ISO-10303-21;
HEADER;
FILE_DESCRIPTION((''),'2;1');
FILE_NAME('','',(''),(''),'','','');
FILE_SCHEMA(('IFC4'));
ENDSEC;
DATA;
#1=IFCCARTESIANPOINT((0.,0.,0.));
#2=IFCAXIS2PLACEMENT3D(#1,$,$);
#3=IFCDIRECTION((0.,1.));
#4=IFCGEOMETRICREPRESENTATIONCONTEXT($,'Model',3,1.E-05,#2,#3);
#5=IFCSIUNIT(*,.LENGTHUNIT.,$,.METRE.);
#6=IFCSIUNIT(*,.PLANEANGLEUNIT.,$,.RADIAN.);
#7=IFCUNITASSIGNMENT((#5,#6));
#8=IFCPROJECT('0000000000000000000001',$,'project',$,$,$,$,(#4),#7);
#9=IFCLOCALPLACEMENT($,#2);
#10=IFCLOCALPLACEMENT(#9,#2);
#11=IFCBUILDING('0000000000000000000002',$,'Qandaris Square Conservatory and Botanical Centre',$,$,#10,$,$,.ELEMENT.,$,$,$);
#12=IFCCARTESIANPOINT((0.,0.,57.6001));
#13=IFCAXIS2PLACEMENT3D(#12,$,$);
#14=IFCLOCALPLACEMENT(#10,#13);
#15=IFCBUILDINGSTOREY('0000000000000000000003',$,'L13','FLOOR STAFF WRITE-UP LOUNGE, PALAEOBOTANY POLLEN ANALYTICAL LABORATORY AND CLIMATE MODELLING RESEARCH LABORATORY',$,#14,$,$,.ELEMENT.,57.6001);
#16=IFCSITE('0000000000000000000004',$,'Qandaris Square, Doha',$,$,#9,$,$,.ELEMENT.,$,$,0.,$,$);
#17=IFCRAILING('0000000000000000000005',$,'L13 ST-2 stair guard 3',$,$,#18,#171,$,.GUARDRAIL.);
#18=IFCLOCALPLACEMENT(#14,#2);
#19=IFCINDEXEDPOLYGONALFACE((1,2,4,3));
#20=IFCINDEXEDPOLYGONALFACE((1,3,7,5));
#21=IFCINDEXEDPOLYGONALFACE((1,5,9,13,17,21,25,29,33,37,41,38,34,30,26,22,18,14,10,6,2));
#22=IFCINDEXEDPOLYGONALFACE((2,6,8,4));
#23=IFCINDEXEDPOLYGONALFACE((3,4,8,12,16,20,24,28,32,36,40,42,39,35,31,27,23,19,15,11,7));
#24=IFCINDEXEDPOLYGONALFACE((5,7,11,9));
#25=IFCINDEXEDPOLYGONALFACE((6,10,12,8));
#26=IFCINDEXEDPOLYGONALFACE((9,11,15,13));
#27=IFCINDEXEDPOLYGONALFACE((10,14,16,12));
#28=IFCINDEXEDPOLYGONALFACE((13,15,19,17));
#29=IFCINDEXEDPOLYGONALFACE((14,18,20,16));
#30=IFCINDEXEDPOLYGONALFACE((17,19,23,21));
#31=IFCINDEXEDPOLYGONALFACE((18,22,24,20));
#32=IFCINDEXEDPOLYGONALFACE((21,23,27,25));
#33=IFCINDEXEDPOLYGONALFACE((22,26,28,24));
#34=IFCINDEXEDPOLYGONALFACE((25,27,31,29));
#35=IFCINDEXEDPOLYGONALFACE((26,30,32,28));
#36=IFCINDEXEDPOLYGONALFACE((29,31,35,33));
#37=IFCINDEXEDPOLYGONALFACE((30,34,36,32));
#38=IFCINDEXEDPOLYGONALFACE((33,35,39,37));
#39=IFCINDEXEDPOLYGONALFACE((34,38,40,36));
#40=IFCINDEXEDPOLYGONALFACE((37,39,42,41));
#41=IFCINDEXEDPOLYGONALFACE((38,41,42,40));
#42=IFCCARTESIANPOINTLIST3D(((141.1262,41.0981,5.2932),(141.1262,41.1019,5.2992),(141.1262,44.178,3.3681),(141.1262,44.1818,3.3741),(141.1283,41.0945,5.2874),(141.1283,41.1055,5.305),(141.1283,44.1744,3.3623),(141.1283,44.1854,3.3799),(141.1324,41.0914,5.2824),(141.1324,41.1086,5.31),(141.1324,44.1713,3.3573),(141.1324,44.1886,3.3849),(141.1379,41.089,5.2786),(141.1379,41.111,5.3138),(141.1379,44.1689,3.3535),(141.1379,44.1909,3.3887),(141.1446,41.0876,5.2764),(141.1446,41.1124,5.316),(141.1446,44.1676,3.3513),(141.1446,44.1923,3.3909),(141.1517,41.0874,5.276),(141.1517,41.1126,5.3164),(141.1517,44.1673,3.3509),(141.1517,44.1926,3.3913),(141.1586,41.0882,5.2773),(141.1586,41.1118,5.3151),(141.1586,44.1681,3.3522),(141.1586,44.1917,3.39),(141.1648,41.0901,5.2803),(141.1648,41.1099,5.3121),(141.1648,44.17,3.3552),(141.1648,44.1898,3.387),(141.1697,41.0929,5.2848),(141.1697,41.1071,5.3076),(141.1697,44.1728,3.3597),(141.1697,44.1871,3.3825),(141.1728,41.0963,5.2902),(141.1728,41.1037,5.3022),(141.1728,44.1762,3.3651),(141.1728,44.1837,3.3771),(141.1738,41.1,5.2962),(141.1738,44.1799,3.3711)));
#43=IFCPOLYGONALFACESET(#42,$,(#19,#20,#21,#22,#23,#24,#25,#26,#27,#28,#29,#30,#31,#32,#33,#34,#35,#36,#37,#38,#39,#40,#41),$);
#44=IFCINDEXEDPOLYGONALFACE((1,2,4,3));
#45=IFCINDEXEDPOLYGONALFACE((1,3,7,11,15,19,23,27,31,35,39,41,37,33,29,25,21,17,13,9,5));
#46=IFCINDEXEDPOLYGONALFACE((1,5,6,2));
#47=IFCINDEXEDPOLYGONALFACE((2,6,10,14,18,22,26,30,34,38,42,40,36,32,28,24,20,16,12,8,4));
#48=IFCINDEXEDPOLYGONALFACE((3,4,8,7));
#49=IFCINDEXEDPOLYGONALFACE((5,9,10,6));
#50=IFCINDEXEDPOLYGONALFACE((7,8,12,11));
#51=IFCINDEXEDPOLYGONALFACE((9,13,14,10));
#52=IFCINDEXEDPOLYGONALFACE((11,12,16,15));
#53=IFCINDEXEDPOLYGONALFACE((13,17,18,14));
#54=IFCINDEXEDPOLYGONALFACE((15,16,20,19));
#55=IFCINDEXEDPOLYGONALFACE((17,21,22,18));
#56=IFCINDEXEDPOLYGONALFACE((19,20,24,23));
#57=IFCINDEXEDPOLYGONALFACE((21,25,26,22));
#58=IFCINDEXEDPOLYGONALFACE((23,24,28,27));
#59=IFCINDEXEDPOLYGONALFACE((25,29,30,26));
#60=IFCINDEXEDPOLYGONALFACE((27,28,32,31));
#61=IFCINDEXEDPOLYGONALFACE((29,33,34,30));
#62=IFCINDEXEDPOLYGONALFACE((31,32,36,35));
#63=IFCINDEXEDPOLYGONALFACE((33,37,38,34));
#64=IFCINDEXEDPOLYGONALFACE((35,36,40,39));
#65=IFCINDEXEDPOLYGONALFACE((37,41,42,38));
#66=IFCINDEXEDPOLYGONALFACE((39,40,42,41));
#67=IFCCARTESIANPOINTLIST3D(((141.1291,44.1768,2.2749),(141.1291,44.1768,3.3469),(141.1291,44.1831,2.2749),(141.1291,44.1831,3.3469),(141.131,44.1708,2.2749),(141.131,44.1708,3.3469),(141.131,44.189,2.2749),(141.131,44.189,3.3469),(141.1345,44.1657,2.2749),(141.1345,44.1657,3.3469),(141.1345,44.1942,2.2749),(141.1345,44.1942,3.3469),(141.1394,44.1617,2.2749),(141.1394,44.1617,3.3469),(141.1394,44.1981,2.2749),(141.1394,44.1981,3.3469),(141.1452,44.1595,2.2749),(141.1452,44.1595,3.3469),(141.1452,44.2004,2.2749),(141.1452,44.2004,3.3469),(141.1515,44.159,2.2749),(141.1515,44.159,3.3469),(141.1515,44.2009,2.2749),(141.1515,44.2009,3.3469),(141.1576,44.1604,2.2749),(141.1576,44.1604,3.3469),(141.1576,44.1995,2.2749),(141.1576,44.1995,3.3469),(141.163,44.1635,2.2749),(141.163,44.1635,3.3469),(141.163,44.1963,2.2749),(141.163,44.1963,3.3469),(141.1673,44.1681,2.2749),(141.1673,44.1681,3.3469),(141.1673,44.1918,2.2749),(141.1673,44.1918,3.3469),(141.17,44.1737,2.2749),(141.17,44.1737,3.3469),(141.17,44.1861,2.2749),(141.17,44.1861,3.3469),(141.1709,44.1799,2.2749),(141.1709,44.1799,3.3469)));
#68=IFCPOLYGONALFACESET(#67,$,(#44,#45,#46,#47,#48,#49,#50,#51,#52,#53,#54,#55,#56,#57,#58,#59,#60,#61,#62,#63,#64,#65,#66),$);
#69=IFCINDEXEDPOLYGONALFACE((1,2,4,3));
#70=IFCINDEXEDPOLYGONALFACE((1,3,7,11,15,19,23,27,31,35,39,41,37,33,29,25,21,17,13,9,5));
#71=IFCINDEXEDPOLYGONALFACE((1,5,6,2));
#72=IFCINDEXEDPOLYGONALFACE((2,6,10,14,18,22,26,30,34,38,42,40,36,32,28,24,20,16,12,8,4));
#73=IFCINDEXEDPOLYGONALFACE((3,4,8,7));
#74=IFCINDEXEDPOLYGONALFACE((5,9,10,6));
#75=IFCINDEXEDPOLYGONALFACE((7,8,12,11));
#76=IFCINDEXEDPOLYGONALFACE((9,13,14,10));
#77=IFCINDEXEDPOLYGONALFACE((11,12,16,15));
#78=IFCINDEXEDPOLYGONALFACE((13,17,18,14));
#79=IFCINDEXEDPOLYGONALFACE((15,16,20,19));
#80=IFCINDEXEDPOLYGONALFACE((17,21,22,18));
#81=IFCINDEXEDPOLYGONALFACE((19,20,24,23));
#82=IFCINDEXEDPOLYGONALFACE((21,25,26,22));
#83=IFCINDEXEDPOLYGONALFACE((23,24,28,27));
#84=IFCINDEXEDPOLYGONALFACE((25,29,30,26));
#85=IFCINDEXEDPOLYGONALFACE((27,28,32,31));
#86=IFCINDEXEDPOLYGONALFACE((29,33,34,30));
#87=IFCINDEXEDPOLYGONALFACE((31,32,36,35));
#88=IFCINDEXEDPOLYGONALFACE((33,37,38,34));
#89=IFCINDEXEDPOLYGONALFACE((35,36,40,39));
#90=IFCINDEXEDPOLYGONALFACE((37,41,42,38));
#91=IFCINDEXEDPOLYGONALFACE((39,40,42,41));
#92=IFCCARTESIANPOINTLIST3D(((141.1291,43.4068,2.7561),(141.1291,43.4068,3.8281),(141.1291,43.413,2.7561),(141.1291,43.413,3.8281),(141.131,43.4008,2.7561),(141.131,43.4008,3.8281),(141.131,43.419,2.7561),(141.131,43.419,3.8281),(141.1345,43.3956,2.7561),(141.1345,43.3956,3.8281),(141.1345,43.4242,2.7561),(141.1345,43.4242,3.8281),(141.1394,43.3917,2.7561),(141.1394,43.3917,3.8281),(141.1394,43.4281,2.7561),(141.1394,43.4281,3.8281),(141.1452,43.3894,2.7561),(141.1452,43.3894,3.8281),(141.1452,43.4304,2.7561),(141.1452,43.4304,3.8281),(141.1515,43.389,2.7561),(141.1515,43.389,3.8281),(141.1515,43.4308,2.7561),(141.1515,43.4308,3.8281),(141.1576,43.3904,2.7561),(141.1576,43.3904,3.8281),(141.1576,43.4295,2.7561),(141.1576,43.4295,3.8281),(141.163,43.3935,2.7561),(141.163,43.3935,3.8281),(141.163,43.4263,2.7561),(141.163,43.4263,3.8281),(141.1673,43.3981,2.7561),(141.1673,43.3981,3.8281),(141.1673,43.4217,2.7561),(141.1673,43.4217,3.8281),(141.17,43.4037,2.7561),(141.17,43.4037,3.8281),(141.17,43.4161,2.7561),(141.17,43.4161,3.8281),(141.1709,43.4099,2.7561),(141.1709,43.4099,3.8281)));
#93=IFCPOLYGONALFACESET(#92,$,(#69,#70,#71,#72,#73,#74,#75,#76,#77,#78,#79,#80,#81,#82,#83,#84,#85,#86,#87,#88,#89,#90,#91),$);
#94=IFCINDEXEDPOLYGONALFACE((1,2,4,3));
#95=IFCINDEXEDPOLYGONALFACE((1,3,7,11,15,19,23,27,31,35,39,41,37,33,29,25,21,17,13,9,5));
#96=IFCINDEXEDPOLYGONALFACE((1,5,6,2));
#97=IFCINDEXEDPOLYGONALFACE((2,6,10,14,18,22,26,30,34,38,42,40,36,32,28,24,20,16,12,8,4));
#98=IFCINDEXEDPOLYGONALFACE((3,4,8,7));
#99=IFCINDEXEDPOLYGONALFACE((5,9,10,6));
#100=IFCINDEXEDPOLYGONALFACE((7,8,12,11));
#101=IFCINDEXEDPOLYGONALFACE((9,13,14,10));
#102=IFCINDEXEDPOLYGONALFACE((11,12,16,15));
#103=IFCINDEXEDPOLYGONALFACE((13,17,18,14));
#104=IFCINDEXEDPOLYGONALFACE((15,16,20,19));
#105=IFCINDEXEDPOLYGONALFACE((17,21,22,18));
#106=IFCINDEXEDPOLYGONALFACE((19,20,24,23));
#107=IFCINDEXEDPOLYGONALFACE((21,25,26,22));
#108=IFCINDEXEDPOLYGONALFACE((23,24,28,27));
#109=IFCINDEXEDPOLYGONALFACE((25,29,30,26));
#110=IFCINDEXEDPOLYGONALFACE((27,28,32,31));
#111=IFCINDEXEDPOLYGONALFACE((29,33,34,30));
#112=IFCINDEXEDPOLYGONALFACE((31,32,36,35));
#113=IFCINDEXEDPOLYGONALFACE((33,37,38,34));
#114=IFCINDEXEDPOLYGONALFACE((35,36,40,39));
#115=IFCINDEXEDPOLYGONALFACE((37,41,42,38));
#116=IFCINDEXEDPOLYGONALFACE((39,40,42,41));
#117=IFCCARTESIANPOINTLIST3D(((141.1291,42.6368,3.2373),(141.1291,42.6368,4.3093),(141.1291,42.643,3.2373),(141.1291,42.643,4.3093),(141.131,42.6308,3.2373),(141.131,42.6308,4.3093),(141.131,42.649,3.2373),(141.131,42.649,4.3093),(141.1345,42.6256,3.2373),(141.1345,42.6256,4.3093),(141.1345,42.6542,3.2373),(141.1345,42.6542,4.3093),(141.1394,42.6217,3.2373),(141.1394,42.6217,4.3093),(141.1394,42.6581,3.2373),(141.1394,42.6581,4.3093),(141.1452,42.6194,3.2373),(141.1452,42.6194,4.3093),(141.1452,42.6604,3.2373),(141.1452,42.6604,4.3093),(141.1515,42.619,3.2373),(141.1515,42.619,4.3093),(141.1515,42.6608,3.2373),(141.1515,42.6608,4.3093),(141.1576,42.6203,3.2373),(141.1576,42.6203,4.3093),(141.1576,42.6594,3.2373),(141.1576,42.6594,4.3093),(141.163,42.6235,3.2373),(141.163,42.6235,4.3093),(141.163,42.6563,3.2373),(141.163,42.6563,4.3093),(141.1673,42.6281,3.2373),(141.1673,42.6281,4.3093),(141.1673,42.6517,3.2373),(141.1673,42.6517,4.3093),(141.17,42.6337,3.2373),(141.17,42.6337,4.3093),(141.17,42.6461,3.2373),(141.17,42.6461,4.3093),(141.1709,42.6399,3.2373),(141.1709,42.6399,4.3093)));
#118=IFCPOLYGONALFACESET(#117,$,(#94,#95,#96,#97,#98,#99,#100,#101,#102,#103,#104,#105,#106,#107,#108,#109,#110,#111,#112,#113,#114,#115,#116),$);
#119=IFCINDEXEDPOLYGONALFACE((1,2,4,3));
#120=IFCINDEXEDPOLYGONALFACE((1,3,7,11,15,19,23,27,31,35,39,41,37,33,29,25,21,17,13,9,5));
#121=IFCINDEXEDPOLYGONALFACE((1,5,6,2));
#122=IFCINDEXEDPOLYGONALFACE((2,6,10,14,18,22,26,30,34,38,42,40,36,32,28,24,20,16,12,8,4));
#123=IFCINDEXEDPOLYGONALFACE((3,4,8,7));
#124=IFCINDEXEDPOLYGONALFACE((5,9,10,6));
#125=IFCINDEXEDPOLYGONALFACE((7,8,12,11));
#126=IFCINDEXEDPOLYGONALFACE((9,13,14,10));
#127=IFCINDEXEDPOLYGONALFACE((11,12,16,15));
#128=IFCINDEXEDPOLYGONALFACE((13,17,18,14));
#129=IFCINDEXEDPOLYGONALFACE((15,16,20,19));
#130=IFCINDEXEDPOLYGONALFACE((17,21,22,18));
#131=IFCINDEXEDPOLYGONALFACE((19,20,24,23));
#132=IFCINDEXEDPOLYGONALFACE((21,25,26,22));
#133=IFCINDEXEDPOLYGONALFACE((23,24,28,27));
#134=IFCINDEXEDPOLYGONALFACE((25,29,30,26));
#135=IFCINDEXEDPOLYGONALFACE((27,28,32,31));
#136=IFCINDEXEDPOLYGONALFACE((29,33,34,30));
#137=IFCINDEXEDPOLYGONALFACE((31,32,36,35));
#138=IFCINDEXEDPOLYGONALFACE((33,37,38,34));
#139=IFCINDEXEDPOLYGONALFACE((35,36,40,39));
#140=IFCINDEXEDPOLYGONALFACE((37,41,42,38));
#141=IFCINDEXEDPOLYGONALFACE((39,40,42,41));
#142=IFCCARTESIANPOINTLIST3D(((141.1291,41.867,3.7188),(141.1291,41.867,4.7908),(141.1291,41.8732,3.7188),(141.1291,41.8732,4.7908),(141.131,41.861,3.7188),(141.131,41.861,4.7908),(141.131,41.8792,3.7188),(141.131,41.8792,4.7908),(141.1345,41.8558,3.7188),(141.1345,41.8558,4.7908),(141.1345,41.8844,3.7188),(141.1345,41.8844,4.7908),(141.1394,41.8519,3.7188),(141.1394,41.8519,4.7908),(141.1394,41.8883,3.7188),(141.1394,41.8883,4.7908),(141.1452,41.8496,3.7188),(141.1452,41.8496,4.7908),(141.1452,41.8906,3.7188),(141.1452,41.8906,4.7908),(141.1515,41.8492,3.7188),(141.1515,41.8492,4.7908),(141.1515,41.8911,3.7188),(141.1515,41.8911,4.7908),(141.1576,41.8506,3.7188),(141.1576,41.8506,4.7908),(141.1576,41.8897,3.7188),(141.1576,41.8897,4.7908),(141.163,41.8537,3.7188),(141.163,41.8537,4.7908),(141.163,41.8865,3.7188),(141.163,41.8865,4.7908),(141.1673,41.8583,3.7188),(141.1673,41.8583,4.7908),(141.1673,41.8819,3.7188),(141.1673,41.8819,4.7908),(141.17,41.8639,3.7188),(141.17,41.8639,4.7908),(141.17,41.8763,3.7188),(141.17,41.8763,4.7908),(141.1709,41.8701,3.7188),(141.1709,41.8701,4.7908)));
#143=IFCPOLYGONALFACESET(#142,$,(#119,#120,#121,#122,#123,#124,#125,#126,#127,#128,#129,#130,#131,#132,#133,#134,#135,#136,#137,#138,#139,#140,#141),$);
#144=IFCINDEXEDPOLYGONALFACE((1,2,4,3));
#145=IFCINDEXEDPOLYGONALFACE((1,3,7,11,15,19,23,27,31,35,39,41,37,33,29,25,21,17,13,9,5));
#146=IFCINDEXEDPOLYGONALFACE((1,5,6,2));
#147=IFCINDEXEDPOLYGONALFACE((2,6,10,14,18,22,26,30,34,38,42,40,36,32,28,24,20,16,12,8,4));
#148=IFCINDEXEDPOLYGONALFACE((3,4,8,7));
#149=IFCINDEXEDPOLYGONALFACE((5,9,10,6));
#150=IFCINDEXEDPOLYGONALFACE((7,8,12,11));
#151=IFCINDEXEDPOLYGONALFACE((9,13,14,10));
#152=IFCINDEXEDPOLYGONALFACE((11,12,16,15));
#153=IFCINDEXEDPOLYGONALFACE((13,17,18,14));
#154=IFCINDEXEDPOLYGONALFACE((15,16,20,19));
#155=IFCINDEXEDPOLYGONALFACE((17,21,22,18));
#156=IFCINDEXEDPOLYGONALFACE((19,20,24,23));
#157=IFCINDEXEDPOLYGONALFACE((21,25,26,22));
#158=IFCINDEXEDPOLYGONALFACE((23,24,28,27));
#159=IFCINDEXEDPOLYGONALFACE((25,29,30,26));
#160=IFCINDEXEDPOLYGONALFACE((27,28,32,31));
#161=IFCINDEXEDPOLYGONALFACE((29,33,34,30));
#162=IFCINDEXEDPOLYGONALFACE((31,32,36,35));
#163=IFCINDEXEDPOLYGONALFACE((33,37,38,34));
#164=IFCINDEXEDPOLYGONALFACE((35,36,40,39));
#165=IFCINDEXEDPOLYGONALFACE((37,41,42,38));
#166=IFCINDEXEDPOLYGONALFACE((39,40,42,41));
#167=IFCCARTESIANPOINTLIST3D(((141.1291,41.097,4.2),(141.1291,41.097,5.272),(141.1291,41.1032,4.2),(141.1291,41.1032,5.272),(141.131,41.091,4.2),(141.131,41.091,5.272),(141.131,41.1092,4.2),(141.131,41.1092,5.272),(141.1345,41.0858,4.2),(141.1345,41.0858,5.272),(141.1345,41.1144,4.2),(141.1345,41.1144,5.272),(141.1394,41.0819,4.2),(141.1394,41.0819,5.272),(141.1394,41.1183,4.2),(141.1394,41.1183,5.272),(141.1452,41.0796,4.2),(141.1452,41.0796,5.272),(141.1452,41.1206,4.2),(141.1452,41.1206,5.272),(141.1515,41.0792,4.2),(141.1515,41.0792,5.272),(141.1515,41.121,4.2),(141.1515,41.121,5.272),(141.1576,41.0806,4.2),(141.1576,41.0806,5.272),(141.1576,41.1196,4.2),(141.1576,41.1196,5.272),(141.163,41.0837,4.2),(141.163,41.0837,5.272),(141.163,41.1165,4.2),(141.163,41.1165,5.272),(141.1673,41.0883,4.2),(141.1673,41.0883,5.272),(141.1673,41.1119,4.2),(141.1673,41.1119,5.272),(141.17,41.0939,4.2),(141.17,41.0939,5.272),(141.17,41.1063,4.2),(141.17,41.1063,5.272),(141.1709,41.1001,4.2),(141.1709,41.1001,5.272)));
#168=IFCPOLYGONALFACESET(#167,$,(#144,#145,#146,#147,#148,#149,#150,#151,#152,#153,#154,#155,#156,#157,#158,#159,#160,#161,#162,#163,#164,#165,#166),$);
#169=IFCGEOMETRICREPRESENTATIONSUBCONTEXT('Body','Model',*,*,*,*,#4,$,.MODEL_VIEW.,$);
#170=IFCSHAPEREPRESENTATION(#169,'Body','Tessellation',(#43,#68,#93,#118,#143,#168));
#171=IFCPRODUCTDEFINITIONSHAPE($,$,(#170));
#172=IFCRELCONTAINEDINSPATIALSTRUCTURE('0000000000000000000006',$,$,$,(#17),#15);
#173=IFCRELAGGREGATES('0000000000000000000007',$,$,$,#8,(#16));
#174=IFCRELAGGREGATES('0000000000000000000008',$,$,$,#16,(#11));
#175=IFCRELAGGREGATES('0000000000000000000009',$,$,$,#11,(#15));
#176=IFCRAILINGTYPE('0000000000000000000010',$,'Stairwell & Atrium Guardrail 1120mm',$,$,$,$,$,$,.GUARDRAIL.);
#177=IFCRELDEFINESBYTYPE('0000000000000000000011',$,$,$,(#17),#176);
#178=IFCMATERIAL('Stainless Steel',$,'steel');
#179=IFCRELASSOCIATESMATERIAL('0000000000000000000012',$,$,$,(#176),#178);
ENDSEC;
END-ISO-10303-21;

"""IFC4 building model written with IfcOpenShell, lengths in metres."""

from ifc_helpers import new_model, si_unit, direction, frame, origin, origin_2d, place, context, subcontext, project, spatial, circle, extrude, material, type_object, element, save


model = new_model("IFC4")

# Units and contexts
model_context = context("Model", 3, precision=1e-05, world=origin(), true_north=direction((0.0, 1.0)))
body_context = subcontext(model_context, "Body", "Model", "MODEL_VIEW")
ifc_project = project(units=[si_unit("LENGTHUNIT", "METRE"), si_unit("PLANEANGLEUNIT", "RADIAN")], contexts=[model_context])

# Site, building, storey
site_placement = place(None, origin())
site = spatial("IfcSite", under=ifc_project, at=site_placement, Name="Qandaris Square, Doha", CompositionType="ELEMENT", RefElevation=0.0)
building_placement = place(site_placement, origin())
building = spatial("IfcBuilding", under=site, at=building_placement, Name="Qandaris Square Conservatory and Botanical Centre", CompositionType="ELEMENT")
storey_placement = place(building_placement, frame((0.0, 0.0, 57.6001)))
storey = spatial("IfcBuildingStorey", under=building, at=storey_placement, Name="L13", Description="FLOOR STAFF WRITE-UP LOUNGE, PALAEOBOTANY POLLEN ANALYTICAL LABORATORY AND CLIMATE MODELLING RESEARCH LABORATORY", CompositionType="ELEMENT", Elevation=57.6001)

# Railing
ifc_material_1 = material(Name="Stainless Steel", Category="steel")
railing_type_1 = type_object("IfcRailingType", Name="Stairwell & Atrium Guardrail 1120mm", PredefinedType="GUARDRAIL", material=ifc_material_1)
railing_1_placement = place(storey_placement, frame((141.1499, 44.1799, 2.2749)))
element("IfcRailing", 1, at=railing_1_placement, inside=storey, type_object=railing_type_1, Name="L13 ST-2 stair guard 3", PredefinedType="GUARDRAIL", context=body_context, shape_type="SweptSolid", body=[
    extrude(circle(Radius=0.0239, at=origin_2d()), frame((0.0, 0.0, 1.0962), z_axis=(0.0, -0.847979, 0.530029), x_axis=(1.0, 0.0, 0.0)), (0.0, 0.0, 1.0), 3.6321),
    extrude(circle(Radius=0.021, at=origin_2d()), origin(), (0.0, 0.0, 1.0), 1.072),
    extrude(circle(Radius=0.021, at=origin_2d()), frame((0.0, -0.77, 0.4812)), (0.0, 0.0, 1.0), 1.072),
    extrude(circle(Radius=0.021, at=origin_2d()), frame((0.0, -1.54, 0.9624)), (0.0, 0.0, 1.0), 1.072),
    extrude(circle(Radius=0.021, at=origin_2d()), frame((0.0, -2.3098, 1.4438)), (0.0, 0.0, 1.0), 1.072),
    extrude(circle(Radius=0.021, at=origin_2d()), frame((0.0, -3.0798, 1.925)), (0.0, 0.0, 1.0), 1.072),
])

save(model, "model.ifc")
